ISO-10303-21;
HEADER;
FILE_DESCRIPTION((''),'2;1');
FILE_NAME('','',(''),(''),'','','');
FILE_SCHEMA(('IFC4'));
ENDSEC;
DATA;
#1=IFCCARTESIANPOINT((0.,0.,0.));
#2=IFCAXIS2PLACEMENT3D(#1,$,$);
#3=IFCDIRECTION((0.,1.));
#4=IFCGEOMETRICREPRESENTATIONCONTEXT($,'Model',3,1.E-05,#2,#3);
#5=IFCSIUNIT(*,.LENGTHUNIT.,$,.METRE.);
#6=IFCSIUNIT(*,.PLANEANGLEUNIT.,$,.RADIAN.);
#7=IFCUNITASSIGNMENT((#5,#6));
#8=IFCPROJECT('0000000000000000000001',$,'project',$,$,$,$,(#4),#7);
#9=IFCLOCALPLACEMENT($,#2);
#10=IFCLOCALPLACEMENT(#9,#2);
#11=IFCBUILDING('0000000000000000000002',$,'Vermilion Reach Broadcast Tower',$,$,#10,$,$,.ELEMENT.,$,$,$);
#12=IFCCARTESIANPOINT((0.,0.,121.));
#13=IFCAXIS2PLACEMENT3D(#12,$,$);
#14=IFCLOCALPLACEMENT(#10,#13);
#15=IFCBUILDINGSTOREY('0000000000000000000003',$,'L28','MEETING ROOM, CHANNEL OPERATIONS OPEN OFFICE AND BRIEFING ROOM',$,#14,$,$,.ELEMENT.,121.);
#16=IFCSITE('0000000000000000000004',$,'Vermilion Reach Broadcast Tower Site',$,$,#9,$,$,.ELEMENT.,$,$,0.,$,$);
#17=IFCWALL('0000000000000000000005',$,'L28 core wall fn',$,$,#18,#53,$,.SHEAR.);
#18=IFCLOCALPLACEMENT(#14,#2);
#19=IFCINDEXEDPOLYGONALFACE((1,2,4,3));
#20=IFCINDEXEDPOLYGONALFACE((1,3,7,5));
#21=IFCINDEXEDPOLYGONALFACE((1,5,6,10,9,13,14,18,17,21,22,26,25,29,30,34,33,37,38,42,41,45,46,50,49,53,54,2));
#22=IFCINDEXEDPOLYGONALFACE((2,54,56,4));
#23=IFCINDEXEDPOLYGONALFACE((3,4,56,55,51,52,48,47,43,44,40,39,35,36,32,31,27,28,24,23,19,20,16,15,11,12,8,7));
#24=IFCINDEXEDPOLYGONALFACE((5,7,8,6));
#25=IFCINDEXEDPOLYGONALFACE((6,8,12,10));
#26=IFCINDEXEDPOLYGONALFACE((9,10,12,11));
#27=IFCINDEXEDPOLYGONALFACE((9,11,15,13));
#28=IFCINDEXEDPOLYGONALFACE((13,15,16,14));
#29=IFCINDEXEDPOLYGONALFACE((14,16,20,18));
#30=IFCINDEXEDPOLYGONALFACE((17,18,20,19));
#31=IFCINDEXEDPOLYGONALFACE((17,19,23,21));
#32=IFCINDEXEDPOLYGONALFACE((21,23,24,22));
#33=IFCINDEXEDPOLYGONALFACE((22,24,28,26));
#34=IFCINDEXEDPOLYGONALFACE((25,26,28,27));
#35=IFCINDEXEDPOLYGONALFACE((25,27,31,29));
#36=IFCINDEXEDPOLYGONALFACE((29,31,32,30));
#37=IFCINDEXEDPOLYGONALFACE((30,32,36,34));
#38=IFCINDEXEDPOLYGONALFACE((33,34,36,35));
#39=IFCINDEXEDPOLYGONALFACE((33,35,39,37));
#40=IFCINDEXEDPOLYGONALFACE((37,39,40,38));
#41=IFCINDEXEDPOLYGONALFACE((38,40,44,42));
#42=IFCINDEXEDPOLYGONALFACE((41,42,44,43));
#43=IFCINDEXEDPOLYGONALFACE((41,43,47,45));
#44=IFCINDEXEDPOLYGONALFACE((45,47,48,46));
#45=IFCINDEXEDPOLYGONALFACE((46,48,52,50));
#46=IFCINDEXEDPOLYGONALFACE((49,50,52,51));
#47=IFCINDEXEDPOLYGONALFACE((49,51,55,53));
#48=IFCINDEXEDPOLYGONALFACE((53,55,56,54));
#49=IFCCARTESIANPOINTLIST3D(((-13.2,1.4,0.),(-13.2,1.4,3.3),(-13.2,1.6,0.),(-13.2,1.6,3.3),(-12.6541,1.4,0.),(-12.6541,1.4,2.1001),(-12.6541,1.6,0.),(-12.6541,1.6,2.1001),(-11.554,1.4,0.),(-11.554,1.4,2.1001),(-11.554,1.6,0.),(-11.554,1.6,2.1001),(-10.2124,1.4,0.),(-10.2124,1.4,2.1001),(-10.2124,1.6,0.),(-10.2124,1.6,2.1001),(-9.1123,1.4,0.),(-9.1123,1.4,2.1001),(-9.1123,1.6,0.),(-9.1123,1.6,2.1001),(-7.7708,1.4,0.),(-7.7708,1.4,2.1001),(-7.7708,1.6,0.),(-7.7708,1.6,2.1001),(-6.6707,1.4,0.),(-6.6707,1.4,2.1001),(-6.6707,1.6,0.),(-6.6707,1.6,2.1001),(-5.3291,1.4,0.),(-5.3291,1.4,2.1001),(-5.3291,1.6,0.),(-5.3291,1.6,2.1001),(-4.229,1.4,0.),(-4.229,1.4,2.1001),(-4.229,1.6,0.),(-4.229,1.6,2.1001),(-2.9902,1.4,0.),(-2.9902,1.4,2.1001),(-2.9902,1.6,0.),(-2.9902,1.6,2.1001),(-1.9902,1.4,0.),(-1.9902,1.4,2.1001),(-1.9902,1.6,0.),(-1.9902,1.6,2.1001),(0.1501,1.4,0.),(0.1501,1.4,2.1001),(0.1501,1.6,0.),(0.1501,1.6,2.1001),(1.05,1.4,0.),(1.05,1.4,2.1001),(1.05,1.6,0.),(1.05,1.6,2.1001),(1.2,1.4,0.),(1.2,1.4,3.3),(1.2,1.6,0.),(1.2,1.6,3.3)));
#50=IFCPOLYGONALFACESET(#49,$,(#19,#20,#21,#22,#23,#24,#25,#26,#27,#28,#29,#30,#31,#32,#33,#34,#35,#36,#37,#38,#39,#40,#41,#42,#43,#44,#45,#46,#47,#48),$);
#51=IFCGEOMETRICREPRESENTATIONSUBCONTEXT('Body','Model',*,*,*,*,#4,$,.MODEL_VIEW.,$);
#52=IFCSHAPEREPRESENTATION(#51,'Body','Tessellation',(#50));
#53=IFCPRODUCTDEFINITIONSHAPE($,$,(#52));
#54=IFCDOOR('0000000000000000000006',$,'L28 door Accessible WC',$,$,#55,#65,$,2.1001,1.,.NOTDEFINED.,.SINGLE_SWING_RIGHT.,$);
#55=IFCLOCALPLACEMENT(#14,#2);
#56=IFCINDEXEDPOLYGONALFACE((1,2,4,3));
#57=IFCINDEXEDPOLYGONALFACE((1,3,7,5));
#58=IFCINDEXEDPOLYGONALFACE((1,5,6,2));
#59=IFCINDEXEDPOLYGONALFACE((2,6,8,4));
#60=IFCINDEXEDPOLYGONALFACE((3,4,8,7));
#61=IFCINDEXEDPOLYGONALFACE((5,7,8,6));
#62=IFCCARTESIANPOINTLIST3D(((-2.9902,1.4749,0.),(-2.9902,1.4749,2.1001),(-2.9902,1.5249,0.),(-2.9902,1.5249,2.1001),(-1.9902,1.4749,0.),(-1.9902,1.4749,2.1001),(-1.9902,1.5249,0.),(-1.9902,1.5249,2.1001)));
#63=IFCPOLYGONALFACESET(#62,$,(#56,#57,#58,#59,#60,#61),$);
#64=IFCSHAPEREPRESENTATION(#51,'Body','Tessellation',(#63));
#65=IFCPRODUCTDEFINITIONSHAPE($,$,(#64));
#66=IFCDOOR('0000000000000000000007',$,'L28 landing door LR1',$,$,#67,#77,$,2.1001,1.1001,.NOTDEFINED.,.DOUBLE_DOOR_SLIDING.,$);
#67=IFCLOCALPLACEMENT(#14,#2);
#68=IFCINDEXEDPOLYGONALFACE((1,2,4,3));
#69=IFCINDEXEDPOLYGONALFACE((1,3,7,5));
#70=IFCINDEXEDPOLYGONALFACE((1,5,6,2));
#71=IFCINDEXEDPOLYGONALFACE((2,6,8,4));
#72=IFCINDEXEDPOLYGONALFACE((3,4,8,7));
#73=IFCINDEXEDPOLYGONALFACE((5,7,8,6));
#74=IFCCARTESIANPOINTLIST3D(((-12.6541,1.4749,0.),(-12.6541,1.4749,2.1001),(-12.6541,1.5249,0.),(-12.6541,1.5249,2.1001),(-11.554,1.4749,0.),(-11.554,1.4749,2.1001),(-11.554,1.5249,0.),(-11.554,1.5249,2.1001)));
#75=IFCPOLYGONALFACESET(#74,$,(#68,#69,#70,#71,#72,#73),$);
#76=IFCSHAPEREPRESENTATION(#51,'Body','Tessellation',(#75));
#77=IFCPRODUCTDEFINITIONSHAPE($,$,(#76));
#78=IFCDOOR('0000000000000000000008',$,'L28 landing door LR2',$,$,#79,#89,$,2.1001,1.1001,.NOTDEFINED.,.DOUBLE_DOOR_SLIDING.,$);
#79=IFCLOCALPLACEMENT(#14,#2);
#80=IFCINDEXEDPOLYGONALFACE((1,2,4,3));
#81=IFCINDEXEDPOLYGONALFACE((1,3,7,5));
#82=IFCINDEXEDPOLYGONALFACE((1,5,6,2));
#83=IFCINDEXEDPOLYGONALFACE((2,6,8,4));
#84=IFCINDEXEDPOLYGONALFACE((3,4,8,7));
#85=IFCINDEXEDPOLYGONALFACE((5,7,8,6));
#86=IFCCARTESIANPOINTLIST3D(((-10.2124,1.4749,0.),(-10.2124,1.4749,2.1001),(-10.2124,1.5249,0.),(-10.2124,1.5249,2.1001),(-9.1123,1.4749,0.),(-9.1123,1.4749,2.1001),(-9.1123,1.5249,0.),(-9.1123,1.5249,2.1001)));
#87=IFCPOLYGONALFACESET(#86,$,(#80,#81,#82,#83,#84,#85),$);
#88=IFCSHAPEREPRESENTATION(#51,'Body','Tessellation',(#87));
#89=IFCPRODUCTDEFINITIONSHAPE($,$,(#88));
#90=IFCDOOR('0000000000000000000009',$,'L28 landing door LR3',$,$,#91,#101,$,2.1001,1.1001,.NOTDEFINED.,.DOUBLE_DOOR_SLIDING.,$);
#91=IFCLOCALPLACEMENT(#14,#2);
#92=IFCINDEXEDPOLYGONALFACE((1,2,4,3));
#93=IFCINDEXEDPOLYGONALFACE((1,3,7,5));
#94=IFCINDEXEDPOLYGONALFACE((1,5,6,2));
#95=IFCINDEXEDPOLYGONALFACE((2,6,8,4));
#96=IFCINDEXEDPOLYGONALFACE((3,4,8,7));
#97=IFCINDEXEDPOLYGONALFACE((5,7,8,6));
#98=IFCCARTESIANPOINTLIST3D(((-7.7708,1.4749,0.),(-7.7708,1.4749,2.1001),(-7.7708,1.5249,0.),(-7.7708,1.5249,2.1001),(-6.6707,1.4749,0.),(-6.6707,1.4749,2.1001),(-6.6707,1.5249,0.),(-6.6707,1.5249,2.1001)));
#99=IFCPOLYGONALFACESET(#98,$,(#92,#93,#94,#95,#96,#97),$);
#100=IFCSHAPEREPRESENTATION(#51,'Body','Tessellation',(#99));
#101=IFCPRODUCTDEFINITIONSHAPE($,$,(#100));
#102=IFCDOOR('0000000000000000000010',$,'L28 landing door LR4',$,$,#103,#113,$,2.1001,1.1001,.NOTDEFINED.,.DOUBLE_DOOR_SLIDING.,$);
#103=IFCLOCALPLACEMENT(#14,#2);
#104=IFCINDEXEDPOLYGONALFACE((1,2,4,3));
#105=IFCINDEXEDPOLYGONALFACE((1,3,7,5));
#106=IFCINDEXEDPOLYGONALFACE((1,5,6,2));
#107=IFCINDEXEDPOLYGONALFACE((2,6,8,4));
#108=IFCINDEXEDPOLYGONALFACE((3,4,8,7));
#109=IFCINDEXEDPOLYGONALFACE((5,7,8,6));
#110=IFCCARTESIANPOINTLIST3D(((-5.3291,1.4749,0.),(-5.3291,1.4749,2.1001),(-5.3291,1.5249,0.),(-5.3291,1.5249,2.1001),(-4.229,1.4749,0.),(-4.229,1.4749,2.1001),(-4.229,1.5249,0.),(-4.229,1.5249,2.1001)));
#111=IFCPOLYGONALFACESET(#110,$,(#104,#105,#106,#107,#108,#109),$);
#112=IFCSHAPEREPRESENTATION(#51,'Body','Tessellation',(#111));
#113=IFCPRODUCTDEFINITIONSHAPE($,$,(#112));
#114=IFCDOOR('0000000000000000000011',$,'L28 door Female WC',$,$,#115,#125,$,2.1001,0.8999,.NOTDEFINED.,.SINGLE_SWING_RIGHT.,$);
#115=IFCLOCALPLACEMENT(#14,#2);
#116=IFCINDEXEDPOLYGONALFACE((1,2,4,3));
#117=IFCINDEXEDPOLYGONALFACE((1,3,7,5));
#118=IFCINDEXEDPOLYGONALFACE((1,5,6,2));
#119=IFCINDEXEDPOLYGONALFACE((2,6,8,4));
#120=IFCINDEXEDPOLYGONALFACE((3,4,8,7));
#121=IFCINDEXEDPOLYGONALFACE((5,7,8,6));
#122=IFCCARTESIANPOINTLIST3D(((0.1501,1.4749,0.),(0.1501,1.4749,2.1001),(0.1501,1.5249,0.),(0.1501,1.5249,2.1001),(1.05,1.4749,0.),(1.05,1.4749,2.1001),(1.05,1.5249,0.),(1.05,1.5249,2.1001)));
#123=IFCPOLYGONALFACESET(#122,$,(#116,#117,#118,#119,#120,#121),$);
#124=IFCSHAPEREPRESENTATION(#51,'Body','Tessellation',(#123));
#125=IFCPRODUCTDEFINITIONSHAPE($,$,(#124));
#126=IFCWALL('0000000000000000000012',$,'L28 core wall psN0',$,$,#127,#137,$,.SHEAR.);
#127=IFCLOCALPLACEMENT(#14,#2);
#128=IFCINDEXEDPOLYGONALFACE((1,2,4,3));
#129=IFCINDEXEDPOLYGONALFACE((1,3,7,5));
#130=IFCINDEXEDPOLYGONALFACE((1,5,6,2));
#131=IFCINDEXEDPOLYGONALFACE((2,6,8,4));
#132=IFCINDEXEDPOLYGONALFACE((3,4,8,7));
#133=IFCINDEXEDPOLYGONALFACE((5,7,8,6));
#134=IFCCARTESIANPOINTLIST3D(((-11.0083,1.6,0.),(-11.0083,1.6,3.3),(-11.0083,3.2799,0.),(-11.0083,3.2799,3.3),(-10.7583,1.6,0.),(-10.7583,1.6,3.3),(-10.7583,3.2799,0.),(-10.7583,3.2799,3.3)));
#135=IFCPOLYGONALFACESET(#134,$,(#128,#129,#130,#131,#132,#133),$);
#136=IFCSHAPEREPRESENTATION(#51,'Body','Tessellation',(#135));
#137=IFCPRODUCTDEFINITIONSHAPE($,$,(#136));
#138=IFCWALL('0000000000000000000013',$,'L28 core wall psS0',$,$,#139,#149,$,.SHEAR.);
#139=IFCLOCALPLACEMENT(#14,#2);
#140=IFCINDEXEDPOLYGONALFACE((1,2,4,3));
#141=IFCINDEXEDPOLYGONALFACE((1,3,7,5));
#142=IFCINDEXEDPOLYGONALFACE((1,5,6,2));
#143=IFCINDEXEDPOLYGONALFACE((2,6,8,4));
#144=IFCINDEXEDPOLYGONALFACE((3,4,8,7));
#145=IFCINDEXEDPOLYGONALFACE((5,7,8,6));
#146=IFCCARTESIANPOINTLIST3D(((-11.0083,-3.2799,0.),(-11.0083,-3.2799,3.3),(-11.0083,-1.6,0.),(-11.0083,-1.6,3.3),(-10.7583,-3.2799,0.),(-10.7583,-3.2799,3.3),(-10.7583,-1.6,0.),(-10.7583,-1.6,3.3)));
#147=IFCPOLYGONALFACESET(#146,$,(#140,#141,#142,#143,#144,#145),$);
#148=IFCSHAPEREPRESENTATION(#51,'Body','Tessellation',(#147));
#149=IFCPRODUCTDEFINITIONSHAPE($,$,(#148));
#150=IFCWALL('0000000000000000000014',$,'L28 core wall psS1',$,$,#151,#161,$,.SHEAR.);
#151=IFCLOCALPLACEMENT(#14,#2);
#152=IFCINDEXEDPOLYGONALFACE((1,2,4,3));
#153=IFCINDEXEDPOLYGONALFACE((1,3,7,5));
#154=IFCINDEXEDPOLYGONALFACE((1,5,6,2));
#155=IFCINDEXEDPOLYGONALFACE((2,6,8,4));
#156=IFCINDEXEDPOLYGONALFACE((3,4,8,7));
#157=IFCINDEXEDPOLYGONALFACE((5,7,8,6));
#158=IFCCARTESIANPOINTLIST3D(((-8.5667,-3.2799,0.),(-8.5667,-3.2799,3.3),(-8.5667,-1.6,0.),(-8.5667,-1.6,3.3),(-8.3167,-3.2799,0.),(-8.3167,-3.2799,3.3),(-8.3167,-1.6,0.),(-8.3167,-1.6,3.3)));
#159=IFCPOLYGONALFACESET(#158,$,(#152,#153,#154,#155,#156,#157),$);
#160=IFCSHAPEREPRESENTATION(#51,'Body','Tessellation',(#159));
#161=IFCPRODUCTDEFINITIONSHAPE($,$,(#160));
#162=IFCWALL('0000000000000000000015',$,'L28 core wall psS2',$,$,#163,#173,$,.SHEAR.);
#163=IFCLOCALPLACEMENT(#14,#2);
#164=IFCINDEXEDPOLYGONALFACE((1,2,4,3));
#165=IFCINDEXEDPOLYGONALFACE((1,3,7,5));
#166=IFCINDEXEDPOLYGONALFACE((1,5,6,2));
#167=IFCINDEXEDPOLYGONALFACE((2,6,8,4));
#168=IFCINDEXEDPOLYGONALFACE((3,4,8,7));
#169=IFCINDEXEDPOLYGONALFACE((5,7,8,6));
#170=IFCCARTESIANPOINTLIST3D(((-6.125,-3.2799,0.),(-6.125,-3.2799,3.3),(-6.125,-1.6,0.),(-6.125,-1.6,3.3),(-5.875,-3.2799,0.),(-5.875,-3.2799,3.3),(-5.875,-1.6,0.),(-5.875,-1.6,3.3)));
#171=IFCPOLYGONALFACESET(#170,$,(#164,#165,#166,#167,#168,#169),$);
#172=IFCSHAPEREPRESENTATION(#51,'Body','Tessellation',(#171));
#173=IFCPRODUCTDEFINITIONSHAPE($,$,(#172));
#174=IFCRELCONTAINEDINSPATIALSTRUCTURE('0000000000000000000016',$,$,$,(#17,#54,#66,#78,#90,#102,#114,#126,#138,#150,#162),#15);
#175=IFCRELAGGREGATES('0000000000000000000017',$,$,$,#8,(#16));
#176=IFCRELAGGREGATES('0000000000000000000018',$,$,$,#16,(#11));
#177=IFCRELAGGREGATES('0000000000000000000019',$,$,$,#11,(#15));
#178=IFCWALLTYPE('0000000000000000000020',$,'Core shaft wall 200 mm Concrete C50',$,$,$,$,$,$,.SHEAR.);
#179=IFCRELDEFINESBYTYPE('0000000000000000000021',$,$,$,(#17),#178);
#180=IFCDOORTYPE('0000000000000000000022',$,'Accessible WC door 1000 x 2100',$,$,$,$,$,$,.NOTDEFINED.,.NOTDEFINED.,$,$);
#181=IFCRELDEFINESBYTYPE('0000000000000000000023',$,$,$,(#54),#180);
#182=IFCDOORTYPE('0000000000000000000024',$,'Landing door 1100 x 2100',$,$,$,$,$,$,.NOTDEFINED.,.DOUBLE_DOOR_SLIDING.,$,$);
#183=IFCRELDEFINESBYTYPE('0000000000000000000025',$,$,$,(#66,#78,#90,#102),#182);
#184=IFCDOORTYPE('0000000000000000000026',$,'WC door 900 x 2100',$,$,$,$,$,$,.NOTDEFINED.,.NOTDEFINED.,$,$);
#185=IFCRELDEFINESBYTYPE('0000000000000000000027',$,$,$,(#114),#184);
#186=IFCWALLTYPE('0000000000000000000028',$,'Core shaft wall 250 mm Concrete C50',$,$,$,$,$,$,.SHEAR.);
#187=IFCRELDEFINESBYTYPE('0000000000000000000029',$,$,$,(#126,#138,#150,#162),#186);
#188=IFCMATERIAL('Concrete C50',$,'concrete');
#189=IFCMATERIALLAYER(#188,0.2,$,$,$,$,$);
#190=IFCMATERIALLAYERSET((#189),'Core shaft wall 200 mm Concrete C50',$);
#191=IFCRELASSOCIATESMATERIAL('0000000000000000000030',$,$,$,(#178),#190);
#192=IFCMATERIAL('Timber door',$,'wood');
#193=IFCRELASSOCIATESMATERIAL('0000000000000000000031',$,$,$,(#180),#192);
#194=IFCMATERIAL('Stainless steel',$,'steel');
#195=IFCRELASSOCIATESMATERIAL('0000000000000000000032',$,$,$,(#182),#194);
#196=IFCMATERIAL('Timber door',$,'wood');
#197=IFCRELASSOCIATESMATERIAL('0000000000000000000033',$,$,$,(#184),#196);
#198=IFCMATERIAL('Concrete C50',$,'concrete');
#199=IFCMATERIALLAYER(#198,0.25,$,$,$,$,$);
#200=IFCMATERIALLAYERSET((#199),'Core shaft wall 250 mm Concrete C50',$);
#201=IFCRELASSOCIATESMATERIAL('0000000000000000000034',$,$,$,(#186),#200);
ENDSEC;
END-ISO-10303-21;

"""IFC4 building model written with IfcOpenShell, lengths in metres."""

from ifc_helpers import new_model, si_unit, direction, frame, frame_2d, origin, place, context, subcontext, project, spatial, rectangle, extrude, material, layer, layer_set, type_object, element, fill, save


model = new_model("IFC4")

# Units and contexts
model_context = context("Model", 3, precision=1e-05, world=origin(), true_north=direction((0.0, 1.0)))
body_context = subcontext(model_context, "Body", "Model", "MODEL_VIEW")
ifc_project = project(units=[si_unit("LENGTHUNIT", "METRE"), si_unit("PLANEANGLEUNIT", "RADIAN")], contexts=[model_context])

# Site, building, storey
site_placement = place(None, origin())
site = spatial("IfcSite", under=ifc_project, at=site_placement, Name="Vermilion Reach Broadcast Tower Site", CompositionType="ELEMENT", RefElevation=0.0)
building_placement = place(site_placement, origin())
building = spatial("IfcBuilding", under=site, at=building_placement, Name="Vermilion Reach Broadcast Tower", CompositionType="ELEMENT")
storey_placement = place(building_placement, frame((0.0, 0.0, 121.0)))
storey = spatial("IfcBuildingStorey", under=building, at=storey_placement, Name="L28", Description="MEETING ROOM, CHANNEL OPERATIONS OPEN OFFICE AND BRIEFING ROOM", CompositionType="ELEMENT", Elevation=121.0)

# Wall, openings, doors
ifc_material_1 = material(Name="Concrete C50", Category="concrete")
ifc_layer_1 = layer(ifc_material_1, 0.2)
ifc_layer_set_1 = layer_set([ifc_layer_1], Name="Core shaft wall 200 mm Concrete C50")
wall_type_1 = type_object("IfcWallType", Name="Core shaft wall 200 mm Concrete C50", PredefinedType="SHEAR", material=ifc_layer_set_1)
wall_1_placement = place(storey_placement, frame((-13.2, 1.5, 0.0), z_axis=(0.0, 0.0, 1.0), x_axis=(1.0, 0.0, 0.0)))
wall_1 = element("IfcWall", 1, at=wall_1_placement, inside=storey, type_object=wall_type_1, Name="L28 core wall fn", PredefinedType="SHEAR", context=body_context, shape_type="SweptSolid", body=[
    extrude(rectangle(XDim=14.3999, YDim=0.2, at=frame_2d((7.2, 0.0))), origin(), (0.0, 0.0, 1.0), 3.3),
])
opening_1_placement = place(wall_1_placement, frame((0.5459, 0.0, 0.0)))
opening_1 = element("IfcOpeningElement", 2, at=opening_1_placement, cuts=wall_1, PredefinedType="OPENING", context=body_context, shape_type="SweptSolid", body=[
    extrude(rectangle(XDim=1.1001, YDim=2.1001, at=frame_2d((0.55, 1.05))), frame((0.0, 0.1099, 0.0), z_axis=(0.0, -1.0, 0.0), x_axis=(1.0, 0.0, 0.0)), (0.0, 0.0, 1.0), 0.22),
])
opening_2_placement = place(wall_1_placement, frame((2.9875, 0.0, 0.0)))
opening_2 = element("IfcOpeningElement", 3, at=opening_2_placement, cuts=wall_1, PredefinedType="OPENING", context=body_context, shape_type="SweptSolid", body=[
    extrude(rectangle(XDim=1.1001, YDim=2.1001, at=frame_2d((0.55, 1.05))), frame((0.0, 0.1099, 0.0), z_axis=(0.0, -1.0, 0.0), x_axis=(1.0, 0.0, 0.0)), (0.0, 0.0, 1.0), 0.22),
])
opening_3_placement = place(wall_1_placement, frame((5.4292, 0.0, 0.0)))
opening_3 = element("IfcOpeningElement", 4, at=opening_3_placement, cuts=wall_1, PredefinedType="OPENING", context=body_context, shape_type="SweptSolid", body=[
    extrude(rectangle(XDim=1.1001, YDim=2.1001, at=frame_2d((0.55, 1.05))), frame((0.0, 0.1099, 0.0), z_axis=(0.0, -1.0, 0.0), x_axis=(1.0, 0.0, 0.0)), (0.0, 0.0, 1.0), 0.22),
])
opening_4_placement = place(wall_1_placement, frame((7.8708, 0.0, 0.0)))
opening_4 = element("IfcOpeningElement", 5, at=opening_4_placement, cuts=wall_1, PredefinedType="OPENING", context=body_context, shape_type="SweptSolid", body=[
    extrude(rectangle(XDim=1.1001, YDim=2.1001, at=frame_2d((0.55, 1.05))), frame((0.0, 0.1099, 0.0), z_axis=(0.0, -1.0, 0.0), x_axis=(1.0, 0.0, 0.0)), (0.0, 0.0, 1.0), 0.22),
])
opening_5_placement = place(wall_1_placement, frame((10.2097, 0.0, 0.0)))
opening_5 = element("IfcOpeningElement", 6, at=opening_5_placement, cuts=wall_1, PredefinedType="OPENING", context=body_context, shape_type="SweptSolid", body=[
    extrude(rectangle(XDim=1.0, YDim=2.1001, at=frame_2d((0.5, 1.05))), frame((0.0, 0.1099, 0.0), z_axis=(0.0, -1.0, 0.0), x_axis=(1.0, 0.0, 0.0)), (0.0, 0.0, 1.0), 0.22),
])
opening_6_placement = place(wall_1_placement, frame((13.3501, 0.0, 0.0)))
opening_6 = element("IfcOpeningElement", 7, at=opening_6_placement, cuts=wall_1, PredefinedType="OPENING", context=body_context, shape_type="SweptSolid", body=[
    extrude(rectangle(XDim=0.8999, YDim=2.1001, at=frame_2d((0.45, 1.05))), frame((0.0, 0.1099, 0.0), z_axis=(0.0, -1.0, 0.0), x_axis=(1.0, 0.0, 0.0)), (0.0, 0.0, 1.0), 0.22),
])
ifc_material_2 = material(Name="Timber door", Category="wood")
door_type_1 = type_object("IfcDoorType", Name="Accessible WC door 1000 x 2100", OperationType="NOTDEFINED", PredefinedType="NOTDEFINED", material=ifc_material_2)
door_1_placement = place(opening_5_placement, origin())
door_1 = element("IfcDoor", 8, at=door_1_placement, inside=storey, type_object=door_type_1, Name="L28 door Accessible WC", OperationType="SINGLE_SWING_RIGHT", OverallHeight=2.1001, OverallWidth=1.0, PredefinedType="NOTDEFINED", context=body_context, shape_type="SweptSolid", body=[
    extrude(rectangle(XDim=1.0, YDim=2.1001, at=frame_2d((0.5, 1.05))), frame((0.0, 0.0249, 0.0), z_axis=(0.0, -1.0, 0.0), x_axis=(1.0, 0.0, 0.0)), (0.0, 0.0, 1.0), 0.05),
])
fill(opening_5, door_1)
ifc_material_3 = material(Name="Stainless steel", Category="steel")
door_type_2 = type_object("IfcDoorType", Name="Landing door 1100 x 2100", OperationType="DOUBLE_DOOR_SLIDING", PredefinedType="NOTDEFINED", material=ifc_material_3)
door_2_placement = place(opening_1_placement, origin())
door_2 = element("IfcDoor", 9, at=door_2_placement, inside=storey, type_object=door_type_2, Name="L28 landing door LR1", OperationType="DOUBLE_DOOR_SLIDING", OverallHeight=2.1001, OverallWidth=1.1001, PredefinedType="NOTDEFINED", context=body_context, shape_type="SweptSolid", body=[
    extrude(rectangle(XDim=1.1001, YDim=2.1001, at=frame_2d((0.55, 1.05))), frame((0.0, 0.0249, 0.0), z_axis=(0.0, -1.0, 0.0), x_axis=(1.0, 0.0, 0.0)), (0.0, 0.0, 1.0), 0.05),
])
fill(opening_1, door_2)
door_3_placement = place(opening_2_placement, origin())
door_3 = element("IfcDoor", 10, at=door_3_placement, inside=storey, type_object=door_type_2, Name="L28 landing door LR2", OperationType="DOUBLE_DOOR_SLIDING", OverallHeight=2.1001, OverallWidth=1.1001, PredefinedType="NOTDEFINED", context=body_context, shape_type="SweptSolid", body=[
    extrude(rectangle(XDim=1.1001, YDim=2.1001, at=frame_2d((0.55, 1.05))), frame((0.0, 0.0249, 0.0), z_axis=(0.0, -1.0, 0.0), x_axis=(1.0, 0.0, 0.0)), (0.0, 0.0, 1.0), 0.05),
])
fill(opening_2, door_3)
door_4_placement = place(opening_3_placement, origin())
door_4 = element("IfcDoor", 11, at=door_4_placement, inside=storey, type_object=door_type_2, Name="L28 landing door LR3", OperationType="DOUBLE_DOOR_SLIDING", OverallHeight=2.1001, OverallWidth=1.1001, PredefinedType="NOTDEFINED", context=body_context, shape_type="SweptSolid", body=[
    extrude(rectangle(XDim=1.1001, YDim=2.1001, at=frame_2d((0.55, 1.05))), frame((0.0, 0.0249, 0.0), z_axis=(0.0, -1.0, 0.0), x_axis=(1.0, 0.0, 0.0)), (0.0, 0.0, 1.0), 0.05),
])
fill(opening_3, door_4)
door_5_placement = place(opening_4_placement, origin())
door_5 = element("IfcDoor", 12, at=door_5_placement, inside=storey, type_object=door_type_2, Name="L28 landing door LR4", OperationType="DOUBLE_DOOR_SLIDING", OverallHeight=2.1001, OverallWidth=1.1001, PredefinedType="NOTDEFINED", context=body_context, shape_type="SweptSolid", body=[
    extrude(rectangle(XDim=1.1001, YDim=2.1001, at=frame_2d((0.55, 1.05))), frame((0.0, 0.0249, 0.0), z_axis=(0.0, -1.0, 0.0), x_axis=(1.0, 0.0, 0.0)), (0.0, 0.0, 1.0), 0.05),
])
fill(opening_4, door_5)
ifc_material_4 = material(Name="Timber door", Category="wood")
door_type_3 = type_object("IfcDoorType", Name="WC door 900 x 2100", OperationType="NOTDEFINED", PredefinedType="NOTDEFINED", material=ifc_material_4)
door_6_placement = place(opening_6_placement, origin())
door_6 = element("IfcDoor", 13, at=door_6_placement, inside=storey, type_object=door_type_3, Name="L28 door Female WC", OperationType="SINGLE_SWING_RIGHT", OverallHeight=2.1001, OverallWidth=0.8999, PredefinedType="NOTDEFINED", context=body_context, shape_type="SweptSolid", body=[
    extrude(rectangle(XDim=0.8999, YDim=2.1001, at=frame_2d((0.45, 1.05))), frame((0.0, 0.0249, 0.0), z_axis=(0.0, -1.0, 0.0), x_axis=(1.0, 0.0, 0.0)), (0.0, 0.0, 1.0), 0.05),
])
fill(opening_6, door_6)

# Walls
ifc_material_5 = material(Name="Concrete C50", Category="concrete")
ifc_layer_2 = layer(ifc_material_5, 0.25)
ifc_layer_set_2 = layer_set([ifc_layer_2], Name="Core shaft wall 250 mm Concrete C50")
wall_type_2 = type_object("IfcWallType", Name="Core shaft wall 250 mm Concrete C50", PredefinedType="SHEAR", material=ifc_layer_set_2)
for number, where, z_axis, x_axis, name in (
    (14, (-10.8833, 1.6001, 0.0), (0.0, 0.0, 1.0), (0.0, 1.0, 0.0), "L28 core wall psN0"),
    (15, (-10.8833, -1.6001, 0.0), (0.0, 0.0, 1.0), (0.0, -1.0, 0.0), "L28 core wall psS0"),
    (16, (-8.4417, -1.6001, 0.0), (0.0, 0.0, 1.0), (0.0, -1.0, 0.0), "L28 core wall psS1"),
    (17, (-6.0, -1.6001, 0.0), (0.0, 0.0, 1.0), (0.0, -1.0, 0.0), "L28 core wall psS2"),
):
    element("IfcWall", number, at=place(storey_placement, frame(where, z_axis=z_axis, x_axis=x_axis)), inside=storey, type_object=wall_type_2, Name=name, PredefinedType="SHEAR", context=body_context, shape_type="SweptSolid", body=[
        extrude(rectangle(XDim=1.6799, YDim=0.25, at=frame_2d((0.8398, 0.0))), origin(), (0.0, 0.0, 1.0), 3.3),
    ])

save(model, "model.ifc")
